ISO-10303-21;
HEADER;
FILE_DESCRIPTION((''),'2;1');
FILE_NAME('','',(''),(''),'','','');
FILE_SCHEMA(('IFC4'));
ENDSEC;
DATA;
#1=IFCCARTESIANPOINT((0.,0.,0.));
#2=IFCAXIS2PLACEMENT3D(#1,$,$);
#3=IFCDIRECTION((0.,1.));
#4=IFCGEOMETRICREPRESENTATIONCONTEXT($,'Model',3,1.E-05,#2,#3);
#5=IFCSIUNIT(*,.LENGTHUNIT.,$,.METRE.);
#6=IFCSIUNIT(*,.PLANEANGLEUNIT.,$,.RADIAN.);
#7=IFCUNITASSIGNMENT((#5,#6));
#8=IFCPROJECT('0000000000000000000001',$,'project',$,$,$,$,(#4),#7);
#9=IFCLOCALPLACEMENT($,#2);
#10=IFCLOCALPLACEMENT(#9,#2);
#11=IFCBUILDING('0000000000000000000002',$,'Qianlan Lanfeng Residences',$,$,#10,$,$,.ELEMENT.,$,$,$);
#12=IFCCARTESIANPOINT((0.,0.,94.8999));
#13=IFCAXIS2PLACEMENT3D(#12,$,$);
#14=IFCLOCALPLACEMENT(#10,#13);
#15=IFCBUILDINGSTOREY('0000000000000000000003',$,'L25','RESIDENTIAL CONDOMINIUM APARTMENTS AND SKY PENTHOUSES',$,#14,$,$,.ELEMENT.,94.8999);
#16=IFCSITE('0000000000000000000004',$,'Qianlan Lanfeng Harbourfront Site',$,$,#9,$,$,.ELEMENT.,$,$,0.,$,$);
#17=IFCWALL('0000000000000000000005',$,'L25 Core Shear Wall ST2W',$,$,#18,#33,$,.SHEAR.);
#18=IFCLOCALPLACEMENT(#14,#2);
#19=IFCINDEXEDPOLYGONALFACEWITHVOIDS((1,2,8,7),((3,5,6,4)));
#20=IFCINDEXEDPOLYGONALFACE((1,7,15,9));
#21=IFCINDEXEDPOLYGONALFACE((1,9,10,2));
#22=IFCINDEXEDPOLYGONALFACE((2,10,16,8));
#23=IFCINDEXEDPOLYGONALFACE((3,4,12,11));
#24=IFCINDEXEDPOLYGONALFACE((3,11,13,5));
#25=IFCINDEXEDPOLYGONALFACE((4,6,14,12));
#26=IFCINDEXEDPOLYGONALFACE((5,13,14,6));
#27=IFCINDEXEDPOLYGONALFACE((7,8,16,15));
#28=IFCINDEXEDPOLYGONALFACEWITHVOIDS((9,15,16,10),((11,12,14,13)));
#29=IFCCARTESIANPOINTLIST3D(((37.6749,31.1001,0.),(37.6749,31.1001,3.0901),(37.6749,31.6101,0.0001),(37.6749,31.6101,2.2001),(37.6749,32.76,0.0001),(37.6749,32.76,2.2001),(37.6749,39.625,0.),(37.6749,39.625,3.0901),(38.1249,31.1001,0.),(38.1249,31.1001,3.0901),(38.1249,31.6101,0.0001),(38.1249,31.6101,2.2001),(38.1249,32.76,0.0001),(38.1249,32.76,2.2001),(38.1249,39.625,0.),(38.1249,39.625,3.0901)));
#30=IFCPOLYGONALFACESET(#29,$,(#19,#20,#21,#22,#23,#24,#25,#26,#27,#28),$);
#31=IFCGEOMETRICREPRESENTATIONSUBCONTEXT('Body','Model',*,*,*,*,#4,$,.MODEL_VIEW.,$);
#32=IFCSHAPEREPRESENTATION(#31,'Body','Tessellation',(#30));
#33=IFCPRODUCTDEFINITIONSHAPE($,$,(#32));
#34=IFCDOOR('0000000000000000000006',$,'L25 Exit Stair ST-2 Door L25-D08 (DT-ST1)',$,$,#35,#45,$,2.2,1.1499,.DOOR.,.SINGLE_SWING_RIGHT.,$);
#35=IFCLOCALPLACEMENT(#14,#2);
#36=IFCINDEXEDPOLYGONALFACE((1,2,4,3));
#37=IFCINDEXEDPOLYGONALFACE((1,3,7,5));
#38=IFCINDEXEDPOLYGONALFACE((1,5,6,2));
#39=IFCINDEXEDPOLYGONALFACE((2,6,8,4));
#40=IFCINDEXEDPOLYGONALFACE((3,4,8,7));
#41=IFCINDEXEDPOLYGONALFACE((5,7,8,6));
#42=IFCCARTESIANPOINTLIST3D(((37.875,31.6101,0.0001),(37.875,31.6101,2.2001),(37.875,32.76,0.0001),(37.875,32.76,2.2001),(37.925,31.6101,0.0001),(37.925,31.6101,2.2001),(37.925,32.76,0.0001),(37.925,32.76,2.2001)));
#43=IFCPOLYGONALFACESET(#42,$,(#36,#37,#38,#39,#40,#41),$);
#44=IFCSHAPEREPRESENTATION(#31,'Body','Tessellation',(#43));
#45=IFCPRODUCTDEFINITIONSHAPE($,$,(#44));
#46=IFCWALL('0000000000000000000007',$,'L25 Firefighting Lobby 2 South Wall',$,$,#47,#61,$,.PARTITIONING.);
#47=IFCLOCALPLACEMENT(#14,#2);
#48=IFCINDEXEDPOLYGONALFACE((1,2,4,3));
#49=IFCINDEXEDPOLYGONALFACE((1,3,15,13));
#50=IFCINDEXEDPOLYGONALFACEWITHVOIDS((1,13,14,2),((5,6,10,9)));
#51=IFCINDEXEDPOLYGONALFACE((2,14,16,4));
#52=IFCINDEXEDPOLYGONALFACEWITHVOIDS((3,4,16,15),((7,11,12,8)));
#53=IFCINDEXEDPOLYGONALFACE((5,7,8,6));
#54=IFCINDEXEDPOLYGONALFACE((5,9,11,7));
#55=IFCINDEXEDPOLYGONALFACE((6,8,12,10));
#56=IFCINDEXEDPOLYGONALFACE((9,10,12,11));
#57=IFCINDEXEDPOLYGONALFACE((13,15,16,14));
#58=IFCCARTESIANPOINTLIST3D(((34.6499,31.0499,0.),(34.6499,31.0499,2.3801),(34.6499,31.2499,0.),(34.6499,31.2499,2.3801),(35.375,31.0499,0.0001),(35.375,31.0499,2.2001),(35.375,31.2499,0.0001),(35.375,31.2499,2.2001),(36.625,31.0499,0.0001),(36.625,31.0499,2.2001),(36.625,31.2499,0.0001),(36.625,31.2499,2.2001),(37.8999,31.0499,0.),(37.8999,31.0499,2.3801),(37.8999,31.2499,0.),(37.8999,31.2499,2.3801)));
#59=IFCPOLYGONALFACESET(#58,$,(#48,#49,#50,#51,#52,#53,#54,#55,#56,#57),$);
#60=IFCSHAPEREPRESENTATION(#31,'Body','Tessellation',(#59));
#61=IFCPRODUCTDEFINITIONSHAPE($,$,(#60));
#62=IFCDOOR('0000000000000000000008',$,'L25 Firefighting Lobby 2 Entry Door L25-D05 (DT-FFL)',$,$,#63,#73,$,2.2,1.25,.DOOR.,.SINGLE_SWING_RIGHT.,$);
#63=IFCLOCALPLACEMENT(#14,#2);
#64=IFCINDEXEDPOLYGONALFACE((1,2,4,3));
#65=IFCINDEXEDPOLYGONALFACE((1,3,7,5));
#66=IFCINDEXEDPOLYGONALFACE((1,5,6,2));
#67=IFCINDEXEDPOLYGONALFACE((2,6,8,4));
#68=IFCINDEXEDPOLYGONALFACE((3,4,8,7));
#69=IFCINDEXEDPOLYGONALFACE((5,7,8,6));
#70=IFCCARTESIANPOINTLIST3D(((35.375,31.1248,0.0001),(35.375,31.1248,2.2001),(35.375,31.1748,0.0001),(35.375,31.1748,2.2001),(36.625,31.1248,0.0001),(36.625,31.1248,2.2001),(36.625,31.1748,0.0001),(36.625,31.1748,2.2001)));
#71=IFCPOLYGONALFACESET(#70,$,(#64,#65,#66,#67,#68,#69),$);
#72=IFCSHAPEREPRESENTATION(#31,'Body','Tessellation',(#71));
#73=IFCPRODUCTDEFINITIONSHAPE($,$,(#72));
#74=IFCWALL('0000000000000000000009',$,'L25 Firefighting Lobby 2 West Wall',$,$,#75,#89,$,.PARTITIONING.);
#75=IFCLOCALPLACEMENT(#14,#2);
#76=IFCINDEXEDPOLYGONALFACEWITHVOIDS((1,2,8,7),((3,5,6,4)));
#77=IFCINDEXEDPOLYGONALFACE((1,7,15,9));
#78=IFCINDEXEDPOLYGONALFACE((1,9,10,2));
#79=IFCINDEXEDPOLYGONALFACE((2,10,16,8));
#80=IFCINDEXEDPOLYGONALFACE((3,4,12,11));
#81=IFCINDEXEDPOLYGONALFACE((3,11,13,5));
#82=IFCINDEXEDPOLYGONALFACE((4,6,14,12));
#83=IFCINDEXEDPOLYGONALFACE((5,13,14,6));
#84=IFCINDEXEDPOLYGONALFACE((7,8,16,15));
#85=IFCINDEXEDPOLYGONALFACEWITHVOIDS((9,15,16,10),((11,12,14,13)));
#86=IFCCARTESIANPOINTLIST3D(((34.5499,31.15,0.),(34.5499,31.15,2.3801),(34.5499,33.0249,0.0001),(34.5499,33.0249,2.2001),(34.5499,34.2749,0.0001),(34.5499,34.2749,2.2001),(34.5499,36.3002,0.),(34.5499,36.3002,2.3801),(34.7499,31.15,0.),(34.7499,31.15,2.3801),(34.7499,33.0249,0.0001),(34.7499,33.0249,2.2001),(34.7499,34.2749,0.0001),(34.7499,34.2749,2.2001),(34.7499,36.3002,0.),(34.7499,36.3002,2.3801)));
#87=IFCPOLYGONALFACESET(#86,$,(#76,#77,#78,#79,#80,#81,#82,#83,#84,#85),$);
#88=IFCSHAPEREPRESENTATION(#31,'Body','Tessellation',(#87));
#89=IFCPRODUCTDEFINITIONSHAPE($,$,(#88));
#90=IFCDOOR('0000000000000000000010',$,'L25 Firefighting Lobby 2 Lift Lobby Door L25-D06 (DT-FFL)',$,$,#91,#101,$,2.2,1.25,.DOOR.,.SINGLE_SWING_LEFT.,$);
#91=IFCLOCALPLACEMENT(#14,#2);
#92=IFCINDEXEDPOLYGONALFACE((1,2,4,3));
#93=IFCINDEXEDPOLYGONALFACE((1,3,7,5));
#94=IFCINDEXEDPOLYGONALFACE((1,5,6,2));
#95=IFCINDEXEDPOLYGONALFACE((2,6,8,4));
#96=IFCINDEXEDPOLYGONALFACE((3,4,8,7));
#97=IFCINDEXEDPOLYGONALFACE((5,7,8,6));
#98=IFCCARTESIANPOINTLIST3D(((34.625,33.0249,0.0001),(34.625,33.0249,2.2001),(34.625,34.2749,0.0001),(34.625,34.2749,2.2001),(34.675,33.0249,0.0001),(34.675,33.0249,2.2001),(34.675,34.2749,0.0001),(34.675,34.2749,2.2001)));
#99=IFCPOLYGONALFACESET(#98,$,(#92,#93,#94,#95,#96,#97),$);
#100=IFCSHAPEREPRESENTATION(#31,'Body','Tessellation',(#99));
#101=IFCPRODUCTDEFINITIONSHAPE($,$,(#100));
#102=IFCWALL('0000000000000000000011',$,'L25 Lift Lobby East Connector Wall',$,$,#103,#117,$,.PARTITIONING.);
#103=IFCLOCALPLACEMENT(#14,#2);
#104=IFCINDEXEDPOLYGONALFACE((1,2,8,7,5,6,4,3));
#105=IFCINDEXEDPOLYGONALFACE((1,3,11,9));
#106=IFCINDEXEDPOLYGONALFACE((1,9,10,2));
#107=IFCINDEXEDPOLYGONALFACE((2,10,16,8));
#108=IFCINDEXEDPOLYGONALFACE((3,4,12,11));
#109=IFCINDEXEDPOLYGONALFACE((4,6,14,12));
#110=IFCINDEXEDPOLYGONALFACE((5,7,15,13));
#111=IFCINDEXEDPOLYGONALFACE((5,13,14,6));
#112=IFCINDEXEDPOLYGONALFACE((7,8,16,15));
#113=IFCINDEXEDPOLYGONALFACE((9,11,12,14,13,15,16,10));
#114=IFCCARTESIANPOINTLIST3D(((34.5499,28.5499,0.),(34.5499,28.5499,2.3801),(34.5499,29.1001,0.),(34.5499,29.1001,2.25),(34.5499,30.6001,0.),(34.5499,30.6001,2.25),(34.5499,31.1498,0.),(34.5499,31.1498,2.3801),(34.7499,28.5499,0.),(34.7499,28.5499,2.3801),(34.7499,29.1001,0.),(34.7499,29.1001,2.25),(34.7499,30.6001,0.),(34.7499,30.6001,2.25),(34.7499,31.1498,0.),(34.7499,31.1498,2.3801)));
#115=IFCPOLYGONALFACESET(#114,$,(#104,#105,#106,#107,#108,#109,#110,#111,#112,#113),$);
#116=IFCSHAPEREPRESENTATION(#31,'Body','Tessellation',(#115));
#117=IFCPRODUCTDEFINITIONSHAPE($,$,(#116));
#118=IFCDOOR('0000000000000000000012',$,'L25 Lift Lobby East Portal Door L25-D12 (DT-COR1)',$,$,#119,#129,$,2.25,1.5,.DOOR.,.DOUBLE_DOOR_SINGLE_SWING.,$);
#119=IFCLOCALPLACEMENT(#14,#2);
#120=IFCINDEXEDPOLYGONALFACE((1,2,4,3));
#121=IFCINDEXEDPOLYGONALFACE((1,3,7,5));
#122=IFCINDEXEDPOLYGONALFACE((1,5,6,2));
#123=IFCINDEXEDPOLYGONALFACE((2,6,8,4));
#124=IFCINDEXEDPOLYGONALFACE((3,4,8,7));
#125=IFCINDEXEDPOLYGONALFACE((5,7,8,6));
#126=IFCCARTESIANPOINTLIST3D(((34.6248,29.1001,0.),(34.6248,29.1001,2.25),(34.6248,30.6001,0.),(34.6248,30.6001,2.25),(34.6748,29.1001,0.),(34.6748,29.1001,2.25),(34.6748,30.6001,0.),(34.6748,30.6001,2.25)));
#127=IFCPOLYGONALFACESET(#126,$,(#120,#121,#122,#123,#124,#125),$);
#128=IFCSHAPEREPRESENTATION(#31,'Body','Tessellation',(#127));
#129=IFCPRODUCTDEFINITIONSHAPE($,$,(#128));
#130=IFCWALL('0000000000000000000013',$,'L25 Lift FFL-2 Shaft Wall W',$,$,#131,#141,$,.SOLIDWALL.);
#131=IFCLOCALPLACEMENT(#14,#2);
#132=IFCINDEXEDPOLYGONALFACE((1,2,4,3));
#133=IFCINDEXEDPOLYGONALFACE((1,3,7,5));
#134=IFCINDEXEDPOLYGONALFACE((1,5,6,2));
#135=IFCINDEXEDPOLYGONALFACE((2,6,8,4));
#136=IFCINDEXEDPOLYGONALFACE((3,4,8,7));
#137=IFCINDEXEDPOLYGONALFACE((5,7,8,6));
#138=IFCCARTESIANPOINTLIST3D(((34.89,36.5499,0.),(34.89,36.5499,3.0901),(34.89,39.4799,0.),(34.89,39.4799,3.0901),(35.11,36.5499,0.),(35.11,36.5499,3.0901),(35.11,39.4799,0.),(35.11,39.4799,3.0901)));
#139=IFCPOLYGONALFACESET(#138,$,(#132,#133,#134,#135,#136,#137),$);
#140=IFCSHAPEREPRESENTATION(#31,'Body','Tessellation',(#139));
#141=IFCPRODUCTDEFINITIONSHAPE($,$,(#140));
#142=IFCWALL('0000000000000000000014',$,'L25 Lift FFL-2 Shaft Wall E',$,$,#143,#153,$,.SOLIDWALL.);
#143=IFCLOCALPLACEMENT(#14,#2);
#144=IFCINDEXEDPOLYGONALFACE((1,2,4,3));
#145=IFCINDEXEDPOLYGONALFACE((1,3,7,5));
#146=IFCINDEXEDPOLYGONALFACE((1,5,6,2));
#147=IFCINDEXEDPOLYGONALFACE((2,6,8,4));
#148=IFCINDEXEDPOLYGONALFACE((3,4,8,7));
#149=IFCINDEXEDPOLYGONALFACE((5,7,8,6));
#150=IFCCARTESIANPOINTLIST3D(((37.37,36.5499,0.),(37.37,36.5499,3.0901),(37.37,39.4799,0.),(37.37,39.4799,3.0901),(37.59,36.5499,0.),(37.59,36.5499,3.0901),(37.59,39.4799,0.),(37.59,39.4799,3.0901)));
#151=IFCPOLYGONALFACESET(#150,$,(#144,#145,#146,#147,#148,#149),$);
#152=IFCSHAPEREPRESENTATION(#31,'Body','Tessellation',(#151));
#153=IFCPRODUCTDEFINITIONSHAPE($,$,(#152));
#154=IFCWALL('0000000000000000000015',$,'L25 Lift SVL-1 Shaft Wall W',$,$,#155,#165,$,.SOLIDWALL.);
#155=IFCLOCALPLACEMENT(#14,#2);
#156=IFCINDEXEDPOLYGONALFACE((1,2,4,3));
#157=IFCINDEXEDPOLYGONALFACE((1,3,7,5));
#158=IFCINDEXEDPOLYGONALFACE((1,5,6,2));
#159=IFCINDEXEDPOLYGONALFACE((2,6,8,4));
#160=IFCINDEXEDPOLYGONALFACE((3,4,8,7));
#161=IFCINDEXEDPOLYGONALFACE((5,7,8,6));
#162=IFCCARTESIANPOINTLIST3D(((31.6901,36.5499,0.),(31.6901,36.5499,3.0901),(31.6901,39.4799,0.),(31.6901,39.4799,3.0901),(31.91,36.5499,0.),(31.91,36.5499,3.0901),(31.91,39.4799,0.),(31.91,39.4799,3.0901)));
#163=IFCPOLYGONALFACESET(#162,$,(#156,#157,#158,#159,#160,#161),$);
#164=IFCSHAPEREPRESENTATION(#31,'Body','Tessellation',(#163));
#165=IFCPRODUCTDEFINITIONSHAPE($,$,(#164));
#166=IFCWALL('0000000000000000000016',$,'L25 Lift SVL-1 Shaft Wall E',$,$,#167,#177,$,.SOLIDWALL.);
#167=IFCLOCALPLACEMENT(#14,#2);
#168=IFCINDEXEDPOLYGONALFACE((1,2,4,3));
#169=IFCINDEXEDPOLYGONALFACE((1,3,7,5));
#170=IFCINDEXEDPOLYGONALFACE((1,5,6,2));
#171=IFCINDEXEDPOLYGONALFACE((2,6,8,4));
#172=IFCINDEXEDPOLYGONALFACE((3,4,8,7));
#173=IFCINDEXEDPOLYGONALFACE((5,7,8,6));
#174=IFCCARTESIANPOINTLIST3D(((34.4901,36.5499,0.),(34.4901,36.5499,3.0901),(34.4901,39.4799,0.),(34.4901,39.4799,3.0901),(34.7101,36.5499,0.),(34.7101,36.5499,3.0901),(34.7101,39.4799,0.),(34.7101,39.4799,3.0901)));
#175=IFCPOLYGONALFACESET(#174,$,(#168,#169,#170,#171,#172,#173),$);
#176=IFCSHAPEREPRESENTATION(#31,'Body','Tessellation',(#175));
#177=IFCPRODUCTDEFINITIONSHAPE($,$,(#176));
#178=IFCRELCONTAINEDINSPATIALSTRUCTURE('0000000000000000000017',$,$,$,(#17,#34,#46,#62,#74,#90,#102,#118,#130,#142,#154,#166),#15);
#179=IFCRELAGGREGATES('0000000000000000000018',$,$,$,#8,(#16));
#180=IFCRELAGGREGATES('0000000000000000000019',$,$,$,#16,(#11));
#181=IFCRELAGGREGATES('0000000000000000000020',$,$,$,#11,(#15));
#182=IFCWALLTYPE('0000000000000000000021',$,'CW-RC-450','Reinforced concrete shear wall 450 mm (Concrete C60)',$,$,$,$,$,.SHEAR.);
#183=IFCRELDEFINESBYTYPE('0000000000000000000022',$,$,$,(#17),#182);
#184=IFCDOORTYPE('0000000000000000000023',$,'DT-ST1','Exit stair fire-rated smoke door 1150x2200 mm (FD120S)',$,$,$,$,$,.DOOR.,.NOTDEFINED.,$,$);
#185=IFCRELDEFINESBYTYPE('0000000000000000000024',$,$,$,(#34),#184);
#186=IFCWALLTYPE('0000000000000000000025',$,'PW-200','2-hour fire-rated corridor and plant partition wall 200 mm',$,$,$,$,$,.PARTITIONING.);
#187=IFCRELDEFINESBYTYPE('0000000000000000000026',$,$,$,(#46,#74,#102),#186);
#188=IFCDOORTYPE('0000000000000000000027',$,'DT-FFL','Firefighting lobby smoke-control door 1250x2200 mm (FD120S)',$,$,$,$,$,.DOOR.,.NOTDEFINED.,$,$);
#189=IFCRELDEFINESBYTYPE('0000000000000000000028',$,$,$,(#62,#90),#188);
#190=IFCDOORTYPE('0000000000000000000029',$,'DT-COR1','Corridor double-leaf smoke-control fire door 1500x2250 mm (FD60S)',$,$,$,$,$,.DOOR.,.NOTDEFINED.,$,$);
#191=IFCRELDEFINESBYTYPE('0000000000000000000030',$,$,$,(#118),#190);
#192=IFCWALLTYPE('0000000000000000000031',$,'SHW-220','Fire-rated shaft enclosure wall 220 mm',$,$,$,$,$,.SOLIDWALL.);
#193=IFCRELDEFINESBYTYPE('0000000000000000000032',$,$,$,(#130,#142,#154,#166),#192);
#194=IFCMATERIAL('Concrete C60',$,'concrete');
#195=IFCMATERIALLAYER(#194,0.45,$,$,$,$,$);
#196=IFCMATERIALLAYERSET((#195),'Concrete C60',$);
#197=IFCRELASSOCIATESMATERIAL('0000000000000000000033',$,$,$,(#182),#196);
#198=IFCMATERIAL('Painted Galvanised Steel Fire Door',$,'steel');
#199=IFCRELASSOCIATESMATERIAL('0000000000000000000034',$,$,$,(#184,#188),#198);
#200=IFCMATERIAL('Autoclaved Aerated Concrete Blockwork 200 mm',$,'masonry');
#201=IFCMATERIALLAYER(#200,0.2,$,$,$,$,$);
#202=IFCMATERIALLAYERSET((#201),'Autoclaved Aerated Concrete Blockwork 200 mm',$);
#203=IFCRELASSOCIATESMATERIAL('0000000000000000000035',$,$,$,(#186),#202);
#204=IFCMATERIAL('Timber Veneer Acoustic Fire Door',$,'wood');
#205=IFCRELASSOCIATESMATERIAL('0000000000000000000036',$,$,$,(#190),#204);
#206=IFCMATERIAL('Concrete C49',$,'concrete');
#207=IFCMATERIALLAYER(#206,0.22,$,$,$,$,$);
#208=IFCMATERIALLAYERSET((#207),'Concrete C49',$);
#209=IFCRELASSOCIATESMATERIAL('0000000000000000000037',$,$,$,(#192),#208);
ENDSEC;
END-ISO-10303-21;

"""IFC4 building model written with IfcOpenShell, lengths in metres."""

from ifc_helpers import new_model, si_unit, direction, frame, frame_2d, origin, place, context, subcontext, project, spatial, rectangle, extrude, material, layer, layer_set, type_object, element, fill, save


model = new_model("IFC4")

# Units and contexts
model_context = context("Model", 3, precision=1e-05, world=origin(), true_north=direction((0.0, 1.0)))
body_context = subcontext(model_context, "Body", "Model", "MODEL_VIEW")
ifc_project = project(units=[si_unit("LENGTHUNIT", "METRE"), si_unit("PLANEANGLEUNIT", "RADIAN")], contexts=[model_context])

# Site, building, storey
site_placement = place(None, origin())
site = spatial("IfcSite", under=ifc_project, at=site_placement, Name="Qianlan Lanfeng Harbourfront Site", CompositionType="ELEMENT", RefElevation=0.0)
building_placement = place(site_placement, origin())
building = spatial("IfcBuilding", under=site, at=building_placement, Name="Qianlan Lanfeng Residences", CompositionType="ELEMENT")
storey_placement = place(building_placement, frame((0.0, 0.0, 94.8999)))
storey = spatial("IfcBuildingStorey", under=building, at=storey_placement, Name="L25", Description="RESIDENTIAL CONDOMINIUM APARTMENTS AND SKY PENTHOUSES", CompositionType="ELEMENT", Elevation=94.8999)

# Walls, openings, doors
ifc_material_1 = material(Name="Concrete C60", Category="concrete")
ifc_layer_1 = layer(ifc_material_1, 0.45)
ifc_layer_set_1 = layer_set([ifc_layer_1], Name="Concrete C60")
wall_type_1 = type_object("IfcWallType", Name="CW-RC-450", Description="Reinforced concrete shear wall 450 mm (Concrete C60)", PredefinedType="SHEAR", material=ifc_layer_set_1)
wall_1_placement = place(storey_placement, frame((37.8999, 31.1001, 0.0), z_axis=(0.0, 0.0, 1.0), x_axis=(0.0, 1.0, 0.0)))
wall_1 = element("IfcWall", 1, at=wall_1_placement, inside=storey, type_object=wall_type_1, Name="L25 Core Shear Wall ST2W", PredefinedType="SHEAR", context=body_context, shape_type="SweptSolid", body=[
    extrude(rectangle(XDim=8.5249, YDim=0.45, at=frame_2d((4.2625, 0.0))), origin(), (0.0, 0.0, 1.0), 3.0901),
])
opening_1_placement = place(wall_1_placement, frame((0.51, 0.0, 0.0)))
opening_1 = element("IfcOpeningElement", 2, at=opening_1_placement, cuts=wall_1, PredefinedType="OPENING", context=body_context, shape_type="SweptSolid", body=[
    extrude(rectangle(XDim=1.1499, YDim=2.2, at=frame_2d((0.575, 1.1001))), frame((0.0, 0.2349, 0.0), z_axis=(0.0, -1.0, 0.0), x_axis=(1.0, 0.0, 0.0)), (0.0, 0.0, 1.0), 0.47),
])
ifc_material_2 = material(Name="Painted Galvanised Steel Fire Door", Category="steel")
door_type_1 = type_object("IfcDoorType", Name="DT-ST1", Description="Exit stair fire-rated smoke door 1150x2200 mm (FD120S)", OperationType="NOTDEFINED", PredefinedType="DOOR", material=ifc_material_2)
door_1_placement = place(opening_1_placement, origin())
door_1 = element("IfcDoor", 3, at=door_1_placement, inside=storey, type_object=door_type_1, Name="L25 Exit Stair ST-2 Door L25-D08 (DT-ST1)", OperationType="SINGLE_SWING_RIGHT", OverallHeight=2.2, OverallWidth=1.1499, PredefinedType="DOOR", context=body_context, shape_type="SweptSolid", body=[
    extrude(rectangle(XDim=1.1499, YDim=2.2, at=frame_2d((0.575, 1.1001))), frame((0.0, 0.0249, 0.0), z_axis=(0.0, -1.0, 0.0), x_axis=(1.0, 0.0, 0.0)), (0.0, 0.0, 1.0), 0.05),
])
fill(opening_1, door_1)
ifc_material_3 = material(Name="Autoclaved Aerated Concrete Blockwork 200 mm", Category="masonry")
ifc_layer_2 = layer(ifc_material_3, 0.2)
ifc_layer_set_2 = layer_set([ifc_layer_2], Name="Autoclaved Aerated Concrete Blockwork 200 mm")
wall_type_2 = type_object("IfcWallType", Name="PW-200", Description="2-hour fire-rated corridor and plant partition wall 200 mm", PredefinedType="PARTITIONING", material=ifc_layer_set_2)
wall_2_placement = place(storey_placement, frame((34.6499, 31.1499, 0.0), z_axis=(0.0, 0.0, 1.0), x_axis=(1.0, 0.0, 0.0)))
wall_2 = element("IfcWall", 4, at=wall_2_placement, inside=storey, type_object=wall_type_2, Name="L25 Firefighting Lobby 2 South Wall", PredefinedType="PARTITIONING", context=body_context, shape_type="SweptSolid", body=[
    extrude(rectangle(XDim=3.25, YDim=0.2, at=frame_2d((1.625, 0.0))), origin(), (0.0, 0.0, 1.0), 2.3801),
])
opening_2_placement = place(wall_2_placement, frame((0.7251, 0.0, 0.0)))
opening_2 = element("IfcOpeningElement", 5, at=opening_2_placement, cuts=wall_2, PredefinedType="OPENING", context=body_context, shape_type="SweptSolid", body=[
    extrude(rectangle(XDim=1.25, YDim=2.2, at=frame_2d((0.625, 1.1001))), frame((0.0, 0.1099, 0.0), z_axis=(0.0, -1.0, 0.0), x_axis=(1.0, 0.0, 0.0)), (0.0, 0.0, 1.0), 0.22),
])
door_type_2 = type_object("IfcDoorType", Name="DT-FFL", Description="Firefighting lobby smoke-control door 1250x2200 mm (FD120S)", OperationType="NOTDEFINED", PredefinedType="DOOR", material=ifc_material_2)
door_2_placement = place(opening_2_placement, origin())
door_2 = element("IfcDoor", 6, at=door_2_placement, inside=storey, type_object=door_type_2, Name="L25 Firefighting Lobby 2 Entry Door L25-D05 (DT-FFL)", OperationType="SINGLE_SWING_RIGHT", OverallHeight=2.2, OverallWidth=1.25, PredefinedType="DOOR", context=body_context, shape_type="SweptSolid", body=[
    extrude(rectangle(XDim=1.25, YDim=2.2, at=frame_2d((0.625, 1.1001))), frame((0.0, 0.0249, 0.0), z_axis=(0.0, -1.0, 0.0), x_axis=(1.0, 0.0, 0.0)), (0.0, 0.0, 1.0), 0.05),
])
fill(opening_2, door_2)
wall_3_placement = place(storey_placement, frame((34.6499, 31.1499, 0.0), z_axis=(0.0, 0.0, 1.0), x_axis=(0.0, 1.0, 0.0)))
wall_3 = element("IfcWall", 7, at=wall_3_placement, inside=storey, type_object=wall_type_2, Name="L25 Firefighting Lobby 2 West Wall", PredefinedType="PARTITIONING", context=body_context, shape_type="SweptSolid", body=[
    extrude(rectangle(XDim=5.1501, YDim=0.2, at=frame_2d((2.5752, 0.0))), origin(), (0.0, 0.0, 1.0), 2.3801),
])
opening_3_placement = place(wall_3_placement, frame((1.875, 0.0, 0.0)))
opening_3 = element("IfcOpeningElement", 8, at=opening_3_placement, cuts=wall_3, PredefinedType="OPENING", context=body_context, shape_type="SweptSolid", body=[
    extrude(rectangle(XDim=1.25, YDim=2.2, at=frame_2d((0.625, 1.1001))), frame((0.0, 0.1099, 0.0), z_axis=(0.0, -1.0, 0.0), x_axis=(1.0, 0.0, 0.0)), (0.0, 0.0, 1.0), 0.22),
])
door_3_placement = place(opening_3_placement, origin())
door_3 = element("IfcDoor", 9, at=door_3_placement, inside=storey, type_object=door_type_2, Name="L25 Firefighting Lobby 2 Lift Lobby Door L25-D06 (DT-FFL)", OperationType="SINGLE_SWING_LEFT", OverallHeight=2.2, OverallWidth=1.25, PredefinedType="DOOR", context=body_context, shape_type="SweptSolid", body=[
    extrude(rectangle(XDim=1.25, YDim=2.2, at=frame_2d((0.625, 1.1001))), frame((0.0, 0.0249, 0.0), z_axis=(0.0, -1.0, 0.0), x_axis=(1.0, 0.0, 0.0)), (0.0, 0.0, 1.0), 0.05),
])
fill(opening_3, door_3)
wall_4_placement = place(storey_placement, frame((34.6499, 28.55, 0.0), z_axis=(0.0, 0.0, 1.0), x_axis=(0.0, 1.0, 0.0)))
wall_4 = element("IfcWall", 10, at=wall_4_placement, inside=storey, type_object=wall_type_2, Name="L25 Lift Lobby East Connector Wall", PredefinedType="PARTITIONING", context=body_context, shape_type="SweptSolid", body=[
    extrude(rectangle(XDim=2.5999, YDim=0.2, at=frame_2d((1.2998, 0.0))), origin(), (0.0, 0.0, 1.0), 2.3801),
])
opening_4_placement = place(wall_4_placement, frame((0.55, 0.0, 0.0)))
opening_4 = element("IfcOpeningElement", 11, at=opening_4_placement, cuts=wall_4, PredefinedType="OPENING", context=body_context, shape_type="SweptSolid", body=[
    extrude(rectangle(XDim=1.5, YDim=2.25, at=frame_2d((0.75, 1.125))), frame((0.0, 0.1099, 0.0), z_axis=(0.0, -1.0, 0.0), x_axis=(1.0, 0.0, 0.0)), (0.0, 0.0, 1.0), 0.22),
])
ifc_material_4 = material(Name="Timber Veneer Acoustic Fire Door", Category="wood")
door_type_3 = type_object("IfcDoorType", Name="DT-COR1", Description="Corridor double-leaf smoke-control fire door 1500x2250 mm (FD60S)", OperationType="NOTDEFINED", PredefinedType="DOOR", material=ifc_material_4)
door_4_placement = place(opening_4_placement, frame((1.5, 0.0, 0.0), z_axis=(0.0, 0.0, 1.0), x_axis=(-1.0, 0.0, 0.0)))
door_4 = element("IfcDoor", 12, at=door_4_placement, inside=storey, type_object=door_type_3, Name="L25 Lift Lobby East Portal Door L25-D12 (DT-COR1)", OperationType="DOUBLE_DOOR_SINGLE_SWING", OverallHeight=2.25, OverallWidth=1.5, PredefinedType="DOOR", context=body_context, shape_type="SweptSolid", body=[
    extrude(rectangle(XDim=1.5, YDim=2.25, at=frame_2d((0.75, 1.125))), frame((0.0, 0.0249, 0.0), z_axis=(0.0, -1.0, 0.0), x_axis=(1.0, 0.0, 0.0)), (0.0, 0.0, 1.0), 0.05),
])
fill(opening_4, door_4)

# Walls
ifc_material_5 = material(Name="Concrete C49", Category="concrete")
ifc_layer_3 = layer(ifc_material_5, 0.22)
ifc_layer_set_3 = layer_set([ifc_layer_3], Name="Concrete C49")
wall_type_3 = type_object("IfcWallType", Name="SHW-220", Description="Fire-rated shaft enclosure wall 220 mm", PredefinedType="SOLIDWALL", material=ifc_layer_set_3)
for number, where, z_axis, x_axis, name in (
    (13, (35.0, 36.55, 0.0), (0.0, 0.0, 1.0), (0.0, 1.0, 0.0), "L25 Lift FFL-2 Shaft Wall W"),
    (14, (37.48, 36.55, 0.0), (0.0, 0.0, 1.0), (0.0, 1.0, 0.0), "L25 Lift FFL-2 Shaft Wall E"),
    (15, (31.8, 36.55, 0.0), (0.0, 0.0, 1.0), (0.0, 1.0, 0.0), "L25 Lift SVL-1 Shaft Wall W"),
    (16, (34.6001, 36.55, 0.0), (0.0, 0.0, 1.0), (0.0, 1.0, 0.0), "L25 Lift SVL-1 Shaft Wall E"),
):
    element("IfcWall", number, at=place(storey_placement, frame(where, z_axis=z_axis, x_axis=x_axis)), inside=storey, type_object=wall_type_3, Name=name, PredefinedType="SOLIDWALL", context=body_context, shape_type="SweptSolid", body=[
        extrude(rectangle(XDim=2.9299, YDim=0.22, at=frame_2d((1.4648, 0.0))), origin(), (0.0, 0.0, 1.0), 3.0901),
    ])

save(model, "model.ifc")
